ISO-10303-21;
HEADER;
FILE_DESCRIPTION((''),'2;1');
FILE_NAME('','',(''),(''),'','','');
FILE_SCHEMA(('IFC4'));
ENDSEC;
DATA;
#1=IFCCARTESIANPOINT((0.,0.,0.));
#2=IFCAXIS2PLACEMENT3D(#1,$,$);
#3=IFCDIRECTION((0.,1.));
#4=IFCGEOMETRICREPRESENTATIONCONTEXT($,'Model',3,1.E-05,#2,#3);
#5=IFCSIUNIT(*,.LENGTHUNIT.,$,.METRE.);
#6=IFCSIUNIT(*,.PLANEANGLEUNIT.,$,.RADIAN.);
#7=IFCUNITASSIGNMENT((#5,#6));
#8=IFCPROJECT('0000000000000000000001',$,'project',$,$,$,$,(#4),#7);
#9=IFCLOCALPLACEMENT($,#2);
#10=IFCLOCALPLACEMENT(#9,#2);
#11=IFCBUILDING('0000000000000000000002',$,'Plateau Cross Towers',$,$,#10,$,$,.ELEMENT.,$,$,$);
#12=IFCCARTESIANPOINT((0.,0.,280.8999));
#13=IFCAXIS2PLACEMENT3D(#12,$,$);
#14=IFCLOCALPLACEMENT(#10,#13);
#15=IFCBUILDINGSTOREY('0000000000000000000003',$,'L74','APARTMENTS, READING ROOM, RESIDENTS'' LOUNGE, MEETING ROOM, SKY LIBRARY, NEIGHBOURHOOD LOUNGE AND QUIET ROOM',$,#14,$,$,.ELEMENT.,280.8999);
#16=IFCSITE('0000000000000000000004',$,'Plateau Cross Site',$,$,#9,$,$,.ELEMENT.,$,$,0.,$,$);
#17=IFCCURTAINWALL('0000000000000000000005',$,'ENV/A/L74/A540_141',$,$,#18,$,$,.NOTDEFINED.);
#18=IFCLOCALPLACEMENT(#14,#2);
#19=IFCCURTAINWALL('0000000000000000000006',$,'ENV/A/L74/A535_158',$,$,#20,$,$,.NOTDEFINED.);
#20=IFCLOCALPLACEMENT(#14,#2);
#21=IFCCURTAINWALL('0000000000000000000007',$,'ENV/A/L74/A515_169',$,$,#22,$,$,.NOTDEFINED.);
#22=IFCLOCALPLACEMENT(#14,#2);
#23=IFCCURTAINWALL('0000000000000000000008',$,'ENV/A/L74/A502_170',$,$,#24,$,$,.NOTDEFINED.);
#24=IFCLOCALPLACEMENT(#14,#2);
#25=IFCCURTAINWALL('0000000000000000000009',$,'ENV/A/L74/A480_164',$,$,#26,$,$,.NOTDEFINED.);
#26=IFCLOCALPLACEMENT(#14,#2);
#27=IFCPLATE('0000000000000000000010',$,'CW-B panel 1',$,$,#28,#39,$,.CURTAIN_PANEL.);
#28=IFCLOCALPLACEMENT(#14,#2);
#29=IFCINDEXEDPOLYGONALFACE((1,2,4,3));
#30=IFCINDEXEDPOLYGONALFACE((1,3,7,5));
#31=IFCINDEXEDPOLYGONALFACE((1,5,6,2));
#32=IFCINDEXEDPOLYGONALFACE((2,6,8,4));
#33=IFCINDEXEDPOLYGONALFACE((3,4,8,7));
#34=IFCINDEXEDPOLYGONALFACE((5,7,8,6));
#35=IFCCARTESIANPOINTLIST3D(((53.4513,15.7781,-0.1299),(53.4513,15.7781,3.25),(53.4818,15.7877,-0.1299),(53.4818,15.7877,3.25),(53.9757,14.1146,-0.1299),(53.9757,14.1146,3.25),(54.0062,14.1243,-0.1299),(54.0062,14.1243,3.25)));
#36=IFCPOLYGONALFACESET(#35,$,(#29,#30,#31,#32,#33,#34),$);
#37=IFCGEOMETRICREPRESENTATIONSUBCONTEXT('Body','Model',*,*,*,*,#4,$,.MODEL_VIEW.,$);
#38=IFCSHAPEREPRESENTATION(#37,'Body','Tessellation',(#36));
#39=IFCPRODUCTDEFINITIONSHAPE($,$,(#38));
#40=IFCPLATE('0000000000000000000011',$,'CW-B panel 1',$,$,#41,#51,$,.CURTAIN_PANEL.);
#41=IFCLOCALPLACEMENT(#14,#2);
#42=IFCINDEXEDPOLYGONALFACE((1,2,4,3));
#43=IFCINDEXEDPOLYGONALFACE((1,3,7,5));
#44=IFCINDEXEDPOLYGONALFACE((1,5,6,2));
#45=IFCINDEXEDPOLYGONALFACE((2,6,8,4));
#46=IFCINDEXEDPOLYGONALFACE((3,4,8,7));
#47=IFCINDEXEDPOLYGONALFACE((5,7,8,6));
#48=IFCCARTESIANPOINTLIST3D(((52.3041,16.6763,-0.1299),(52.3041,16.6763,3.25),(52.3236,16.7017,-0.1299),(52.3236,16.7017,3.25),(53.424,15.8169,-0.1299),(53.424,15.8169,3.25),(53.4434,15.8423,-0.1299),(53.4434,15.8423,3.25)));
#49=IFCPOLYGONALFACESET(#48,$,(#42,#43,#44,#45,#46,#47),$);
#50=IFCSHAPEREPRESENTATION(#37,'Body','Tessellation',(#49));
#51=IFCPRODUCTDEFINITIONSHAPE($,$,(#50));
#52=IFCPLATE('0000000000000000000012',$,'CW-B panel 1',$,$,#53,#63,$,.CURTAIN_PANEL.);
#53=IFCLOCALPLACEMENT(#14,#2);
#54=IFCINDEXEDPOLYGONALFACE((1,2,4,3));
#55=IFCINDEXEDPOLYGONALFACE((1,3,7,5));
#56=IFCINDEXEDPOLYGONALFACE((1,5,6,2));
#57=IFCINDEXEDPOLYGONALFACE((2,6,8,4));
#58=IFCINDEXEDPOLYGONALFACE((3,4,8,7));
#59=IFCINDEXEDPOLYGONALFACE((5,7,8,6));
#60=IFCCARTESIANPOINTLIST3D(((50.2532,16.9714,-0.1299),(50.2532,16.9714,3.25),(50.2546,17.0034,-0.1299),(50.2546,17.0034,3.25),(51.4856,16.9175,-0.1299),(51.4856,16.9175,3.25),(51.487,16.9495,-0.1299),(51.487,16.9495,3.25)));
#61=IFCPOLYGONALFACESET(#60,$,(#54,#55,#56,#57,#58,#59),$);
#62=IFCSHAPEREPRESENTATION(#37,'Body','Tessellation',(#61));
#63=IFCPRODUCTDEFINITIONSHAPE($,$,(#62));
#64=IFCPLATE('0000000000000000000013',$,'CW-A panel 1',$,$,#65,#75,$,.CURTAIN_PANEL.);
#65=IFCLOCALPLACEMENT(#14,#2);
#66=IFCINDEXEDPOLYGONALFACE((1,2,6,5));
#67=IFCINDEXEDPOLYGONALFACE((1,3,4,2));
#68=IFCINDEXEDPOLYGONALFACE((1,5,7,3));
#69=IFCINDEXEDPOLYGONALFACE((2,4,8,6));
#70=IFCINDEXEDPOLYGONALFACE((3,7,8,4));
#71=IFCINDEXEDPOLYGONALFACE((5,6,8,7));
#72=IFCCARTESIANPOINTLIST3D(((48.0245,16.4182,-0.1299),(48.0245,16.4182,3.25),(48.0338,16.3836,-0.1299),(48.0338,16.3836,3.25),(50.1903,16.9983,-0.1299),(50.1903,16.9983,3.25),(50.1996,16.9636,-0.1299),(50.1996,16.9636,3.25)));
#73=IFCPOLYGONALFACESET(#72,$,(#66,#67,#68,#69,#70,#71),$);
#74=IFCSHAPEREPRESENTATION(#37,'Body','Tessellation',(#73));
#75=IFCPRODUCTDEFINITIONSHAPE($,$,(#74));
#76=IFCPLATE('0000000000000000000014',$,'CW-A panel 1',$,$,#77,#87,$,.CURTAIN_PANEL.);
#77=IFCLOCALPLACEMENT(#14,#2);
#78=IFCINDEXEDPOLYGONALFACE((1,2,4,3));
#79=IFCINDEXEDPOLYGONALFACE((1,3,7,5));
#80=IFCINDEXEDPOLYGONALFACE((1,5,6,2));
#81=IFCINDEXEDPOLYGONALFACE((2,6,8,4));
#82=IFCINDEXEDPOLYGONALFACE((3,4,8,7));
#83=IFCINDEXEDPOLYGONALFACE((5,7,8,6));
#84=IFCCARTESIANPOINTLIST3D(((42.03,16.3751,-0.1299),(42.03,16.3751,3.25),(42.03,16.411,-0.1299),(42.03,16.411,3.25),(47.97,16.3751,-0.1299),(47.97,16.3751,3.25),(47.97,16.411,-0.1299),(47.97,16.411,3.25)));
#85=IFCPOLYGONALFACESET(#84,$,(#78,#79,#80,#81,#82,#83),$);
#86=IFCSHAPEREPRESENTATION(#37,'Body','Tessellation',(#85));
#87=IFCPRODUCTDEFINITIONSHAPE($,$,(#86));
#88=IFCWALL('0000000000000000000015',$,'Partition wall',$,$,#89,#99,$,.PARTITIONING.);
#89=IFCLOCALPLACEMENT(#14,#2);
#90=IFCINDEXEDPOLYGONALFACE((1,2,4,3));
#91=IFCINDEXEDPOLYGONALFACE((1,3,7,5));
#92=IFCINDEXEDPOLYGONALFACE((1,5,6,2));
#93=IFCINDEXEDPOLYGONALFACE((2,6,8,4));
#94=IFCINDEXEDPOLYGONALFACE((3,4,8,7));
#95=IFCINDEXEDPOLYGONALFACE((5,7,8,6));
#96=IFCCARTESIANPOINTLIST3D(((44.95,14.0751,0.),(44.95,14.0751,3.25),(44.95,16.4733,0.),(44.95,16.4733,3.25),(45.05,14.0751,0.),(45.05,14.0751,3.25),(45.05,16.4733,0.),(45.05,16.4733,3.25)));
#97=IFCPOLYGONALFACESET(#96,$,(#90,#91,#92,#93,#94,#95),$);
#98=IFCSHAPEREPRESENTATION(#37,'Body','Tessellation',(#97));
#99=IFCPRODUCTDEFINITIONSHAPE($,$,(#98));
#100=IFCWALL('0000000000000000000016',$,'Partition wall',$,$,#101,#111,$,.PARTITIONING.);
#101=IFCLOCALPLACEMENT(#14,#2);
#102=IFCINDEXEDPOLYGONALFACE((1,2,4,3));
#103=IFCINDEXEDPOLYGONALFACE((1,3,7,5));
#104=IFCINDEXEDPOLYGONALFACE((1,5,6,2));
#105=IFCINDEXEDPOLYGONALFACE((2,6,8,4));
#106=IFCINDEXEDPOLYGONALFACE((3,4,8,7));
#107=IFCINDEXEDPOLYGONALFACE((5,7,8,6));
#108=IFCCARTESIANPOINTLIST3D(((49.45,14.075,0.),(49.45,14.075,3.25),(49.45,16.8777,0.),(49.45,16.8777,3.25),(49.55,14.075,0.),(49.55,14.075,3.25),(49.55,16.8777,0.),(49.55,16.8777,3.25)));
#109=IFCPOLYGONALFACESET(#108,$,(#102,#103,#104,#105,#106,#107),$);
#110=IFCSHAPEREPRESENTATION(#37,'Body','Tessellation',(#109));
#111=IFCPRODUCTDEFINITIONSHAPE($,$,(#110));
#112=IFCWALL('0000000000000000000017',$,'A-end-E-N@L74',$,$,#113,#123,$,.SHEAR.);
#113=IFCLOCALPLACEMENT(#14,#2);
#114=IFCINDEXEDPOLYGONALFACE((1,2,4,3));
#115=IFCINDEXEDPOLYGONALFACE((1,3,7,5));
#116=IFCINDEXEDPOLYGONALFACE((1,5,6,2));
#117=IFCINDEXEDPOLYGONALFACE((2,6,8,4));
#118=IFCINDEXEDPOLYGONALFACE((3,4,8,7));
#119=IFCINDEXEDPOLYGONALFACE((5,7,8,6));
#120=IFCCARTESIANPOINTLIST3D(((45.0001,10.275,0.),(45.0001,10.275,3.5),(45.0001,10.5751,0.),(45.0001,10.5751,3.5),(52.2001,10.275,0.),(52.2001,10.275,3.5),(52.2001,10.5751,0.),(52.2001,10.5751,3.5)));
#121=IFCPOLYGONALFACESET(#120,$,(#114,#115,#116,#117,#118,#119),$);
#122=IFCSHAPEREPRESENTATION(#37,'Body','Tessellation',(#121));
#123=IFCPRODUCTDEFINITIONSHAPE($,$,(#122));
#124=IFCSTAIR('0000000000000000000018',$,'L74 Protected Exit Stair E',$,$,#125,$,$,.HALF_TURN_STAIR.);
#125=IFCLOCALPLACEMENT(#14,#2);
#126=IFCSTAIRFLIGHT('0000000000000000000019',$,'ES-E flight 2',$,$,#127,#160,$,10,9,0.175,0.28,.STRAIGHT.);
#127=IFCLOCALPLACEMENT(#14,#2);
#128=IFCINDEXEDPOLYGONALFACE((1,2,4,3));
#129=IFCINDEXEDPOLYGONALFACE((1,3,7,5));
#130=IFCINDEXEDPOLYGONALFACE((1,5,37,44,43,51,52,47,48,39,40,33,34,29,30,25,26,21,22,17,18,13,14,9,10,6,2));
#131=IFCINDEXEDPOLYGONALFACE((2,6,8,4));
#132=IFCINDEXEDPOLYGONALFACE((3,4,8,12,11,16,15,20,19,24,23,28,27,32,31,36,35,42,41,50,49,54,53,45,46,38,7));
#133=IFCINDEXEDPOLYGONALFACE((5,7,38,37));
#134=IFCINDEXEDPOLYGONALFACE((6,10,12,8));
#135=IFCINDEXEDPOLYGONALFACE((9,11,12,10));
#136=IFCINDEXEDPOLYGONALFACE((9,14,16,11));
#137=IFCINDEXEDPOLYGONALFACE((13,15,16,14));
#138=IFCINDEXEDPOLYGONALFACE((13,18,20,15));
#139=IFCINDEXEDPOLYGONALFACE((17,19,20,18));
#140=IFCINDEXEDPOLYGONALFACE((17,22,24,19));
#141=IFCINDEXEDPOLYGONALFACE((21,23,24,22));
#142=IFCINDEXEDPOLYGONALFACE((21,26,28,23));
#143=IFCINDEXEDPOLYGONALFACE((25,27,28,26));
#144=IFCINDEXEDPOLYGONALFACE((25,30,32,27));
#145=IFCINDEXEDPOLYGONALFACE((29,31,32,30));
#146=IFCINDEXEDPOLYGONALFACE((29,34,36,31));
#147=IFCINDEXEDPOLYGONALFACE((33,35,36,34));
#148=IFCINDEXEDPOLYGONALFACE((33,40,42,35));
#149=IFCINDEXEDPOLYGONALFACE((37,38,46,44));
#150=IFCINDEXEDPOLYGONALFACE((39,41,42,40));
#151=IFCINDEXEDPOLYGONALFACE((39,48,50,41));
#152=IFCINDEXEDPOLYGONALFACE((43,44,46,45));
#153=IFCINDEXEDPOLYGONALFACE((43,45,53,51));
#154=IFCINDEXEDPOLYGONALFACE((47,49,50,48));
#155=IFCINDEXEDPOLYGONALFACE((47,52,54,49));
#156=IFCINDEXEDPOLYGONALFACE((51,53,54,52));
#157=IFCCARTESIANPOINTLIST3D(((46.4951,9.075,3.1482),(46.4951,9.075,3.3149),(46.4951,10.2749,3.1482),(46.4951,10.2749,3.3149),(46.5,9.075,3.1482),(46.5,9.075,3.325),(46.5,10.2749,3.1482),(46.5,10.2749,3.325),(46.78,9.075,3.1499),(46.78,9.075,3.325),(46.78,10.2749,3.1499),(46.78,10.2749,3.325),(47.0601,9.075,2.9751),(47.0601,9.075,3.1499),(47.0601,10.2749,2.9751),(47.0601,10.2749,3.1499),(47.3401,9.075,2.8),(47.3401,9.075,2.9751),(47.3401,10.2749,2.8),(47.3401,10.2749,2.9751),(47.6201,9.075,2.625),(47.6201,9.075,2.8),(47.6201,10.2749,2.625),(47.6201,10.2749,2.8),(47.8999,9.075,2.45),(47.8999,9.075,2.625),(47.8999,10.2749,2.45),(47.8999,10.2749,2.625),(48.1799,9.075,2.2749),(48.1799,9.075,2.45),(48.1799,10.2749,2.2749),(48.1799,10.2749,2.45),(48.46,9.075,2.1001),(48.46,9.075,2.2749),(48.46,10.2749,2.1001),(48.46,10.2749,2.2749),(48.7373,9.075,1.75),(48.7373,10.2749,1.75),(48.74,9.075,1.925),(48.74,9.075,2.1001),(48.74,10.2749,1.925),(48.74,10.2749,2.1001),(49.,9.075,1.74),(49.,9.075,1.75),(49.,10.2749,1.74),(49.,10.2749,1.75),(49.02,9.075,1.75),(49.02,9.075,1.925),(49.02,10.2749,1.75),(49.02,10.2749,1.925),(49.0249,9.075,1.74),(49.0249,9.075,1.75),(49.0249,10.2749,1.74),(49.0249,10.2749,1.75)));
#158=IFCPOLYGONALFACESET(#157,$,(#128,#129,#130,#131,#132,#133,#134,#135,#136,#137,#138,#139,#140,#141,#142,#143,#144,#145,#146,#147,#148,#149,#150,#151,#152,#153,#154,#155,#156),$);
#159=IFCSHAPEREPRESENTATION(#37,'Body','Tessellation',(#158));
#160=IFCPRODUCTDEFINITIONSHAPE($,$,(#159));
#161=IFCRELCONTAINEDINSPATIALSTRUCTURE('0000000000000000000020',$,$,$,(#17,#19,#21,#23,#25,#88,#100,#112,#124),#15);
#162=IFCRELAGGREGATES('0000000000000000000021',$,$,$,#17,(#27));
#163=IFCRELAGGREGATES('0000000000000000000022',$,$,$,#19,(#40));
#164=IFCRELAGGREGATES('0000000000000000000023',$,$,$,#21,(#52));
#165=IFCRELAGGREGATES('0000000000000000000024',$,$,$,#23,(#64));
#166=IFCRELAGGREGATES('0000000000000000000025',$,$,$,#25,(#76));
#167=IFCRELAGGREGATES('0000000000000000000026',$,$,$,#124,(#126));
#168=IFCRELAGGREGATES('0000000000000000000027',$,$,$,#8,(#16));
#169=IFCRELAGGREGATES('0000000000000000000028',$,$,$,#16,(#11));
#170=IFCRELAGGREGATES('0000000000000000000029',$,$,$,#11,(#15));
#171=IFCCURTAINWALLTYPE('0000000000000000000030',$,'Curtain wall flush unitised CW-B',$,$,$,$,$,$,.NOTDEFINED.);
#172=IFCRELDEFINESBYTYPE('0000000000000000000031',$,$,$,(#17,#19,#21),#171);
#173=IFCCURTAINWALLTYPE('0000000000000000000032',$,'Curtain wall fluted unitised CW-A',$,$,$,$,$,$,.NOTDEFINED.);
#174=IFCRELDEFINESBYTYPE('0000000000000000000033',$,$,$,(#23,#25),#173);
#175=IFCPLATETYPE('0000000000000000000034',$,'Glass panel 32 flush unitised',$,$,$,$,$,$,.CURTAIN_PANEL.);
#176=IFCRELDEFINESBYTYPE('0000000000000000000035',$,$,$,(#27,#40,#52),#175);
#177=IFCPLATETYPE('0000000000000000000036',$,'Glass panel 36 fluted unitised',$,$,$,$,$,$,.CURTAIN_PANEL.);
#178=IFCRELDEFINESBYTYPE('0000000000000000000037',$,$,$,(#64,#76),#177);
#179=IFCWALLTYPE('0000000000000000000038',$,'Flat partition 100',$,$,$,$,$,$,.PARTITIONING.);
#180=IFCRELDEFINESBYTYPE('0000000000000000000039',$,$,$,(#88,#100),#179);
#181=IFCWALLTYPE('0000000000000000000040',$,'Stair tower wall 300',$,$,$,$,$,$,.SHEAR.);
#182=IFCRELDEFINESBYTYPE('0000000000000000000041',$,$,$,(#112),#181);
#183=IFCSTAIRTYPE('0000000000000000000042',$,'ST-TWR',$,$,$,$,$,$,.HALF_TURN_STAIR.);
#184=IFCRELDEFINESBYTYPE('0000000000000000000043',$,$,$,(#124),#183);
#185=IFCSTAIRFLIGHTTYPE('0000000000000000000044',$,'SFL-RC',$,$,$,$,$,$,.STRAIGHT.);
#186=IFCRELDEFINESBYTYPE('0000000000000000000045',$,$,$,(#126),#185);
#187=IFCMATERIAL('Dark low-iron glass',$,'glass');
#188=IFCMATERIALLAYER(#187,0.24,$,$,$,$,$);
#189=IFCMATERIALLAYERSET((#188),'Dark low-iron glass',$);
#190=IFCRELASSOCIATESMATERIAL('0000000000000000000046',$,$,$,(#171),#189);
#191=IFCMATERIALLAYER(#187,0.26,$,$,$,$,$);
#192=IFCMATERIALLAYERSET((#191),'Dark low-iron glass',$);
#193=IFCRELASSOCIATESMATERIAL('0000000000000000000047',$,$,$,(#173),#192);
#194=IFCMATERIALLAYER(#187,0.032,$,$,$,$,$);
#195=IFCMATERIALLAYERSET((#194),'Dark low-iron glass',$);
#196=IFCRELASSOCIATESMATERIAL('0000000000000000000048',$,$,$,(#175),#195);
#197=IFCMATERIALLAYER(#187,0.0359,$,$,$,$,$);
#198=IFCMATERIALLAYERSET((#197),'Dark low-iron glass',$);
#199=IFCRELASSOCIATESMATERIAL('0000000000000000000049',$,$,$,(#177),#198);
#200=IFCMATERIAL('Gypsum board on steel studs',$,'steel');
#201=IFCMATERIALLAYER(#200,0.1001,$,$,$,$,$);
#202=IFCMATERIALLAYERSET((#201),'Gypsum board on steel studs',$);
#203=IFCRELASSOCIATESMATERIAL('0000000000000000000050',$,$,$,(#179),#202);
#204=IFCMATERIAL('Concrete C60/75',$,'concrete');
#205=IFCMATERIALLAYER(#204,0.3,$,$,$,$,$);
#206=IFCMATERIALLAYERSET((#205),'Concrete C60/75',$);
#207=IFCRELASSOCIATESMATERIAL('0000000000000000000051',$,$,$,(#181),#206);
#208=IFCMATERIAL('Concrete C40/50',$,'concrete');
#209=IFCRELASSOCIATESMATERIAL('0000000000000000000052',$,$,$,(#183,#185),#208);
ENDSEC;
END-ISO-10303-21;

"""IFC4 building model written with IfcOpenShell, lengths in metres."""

from ifc_helpers import new_model, si_unit, direction, frame, frame_2d, origin, origin_2d, place, context, subcontext, project, spatial, polyline, rectangle, outline, extrude, material, layer, layer_set, type_object, element, aggregate, save


model = new_model("IFC4")

# Units and contexts
model_context = context("Model", 3, precision=1e-05, world=origin(), true_north=direction((0.0, 1.0)))
body_context = subcontext(model_context, "Body", "Model", "MODEL_VIEW")
ifc_project = project(units=[si_unit("LENGTHUNIT", "METRE"), si_unit("PLANEANGLEUNIT", "RADIAN")], contexts=[model_context])

# Site, building, storey
site_placement = place(None, origin())
site = spatial("IfcSite", under=ifc_project, at=site_placement, Name="Plateau Cross Site", CompositionType="ELEMENT", RefElevation=0.0)
building_placement = place(site_placement, origin())
building = spatial("IfcBuilding", under=site, at=building_placement, Name="Plateau Cross Towers", CompositionType="ELEMENT")
storey_placement = place(building_placement, frame((0.0, 0.0, 280.8999)))
storey = spatial("IfcBuildingStorey", under=building, at=storey_placement, Name="L74", Description="APARTMENTS, READING ROOM, RESIDENTS' LOUNGE, MEETING ROOM, SKY LIBRARY, NEIGHBOURHOOD LOUNGE AND QUIET ROOM", CompositionType="ELEMENT", Elevation=280.8999)

# Shared definitions
ifc_material_1 = material(Name="Concrete C60/75", Category="concrete")

# Curtain wall
ifc_material_2 = material(Name="Dark low-iron glass", Category="glass")
ifc_layer_1 = layer(ifc_material_2, 0.24)
ifc_layer_set_1 = layer_set([ifc_layer_1], Name="Dark low-iron glass")
curtain_wall_type_1 = type_object("IfcCurtainWallType", Name="Curtain wall flush unitised CW-B", PredefinedType="NOTDEFINED", material=ifc_layer_set_1)
curtain_wall_1_placement = place(storey_placement, origin())
curtain_wall_1 = element("IfcCurtainWall", 1, at=curtain_wall_1_placement, inside=storey, type_object=curtain_wall_type_1, Name="ENV/A/L74/A540_141", PredefinedType="NOTDEFINED")

# Curtain wall
curtain_wall_2_placement = place(storey_placement, origin())
curtain_wall_2 = element("IfcCurtainWall", 2, at=curtain_wall_2_placement, inside=storey, type_object=curtain_wall_type_1, Name="ENV/A/L74/A535_158", PredefinedType="NOTDEFINED")

# Curtain walls
curtain_wall_3_placement = place(storey_placement, origin())
curtain_wall_3 = element("IfcCurtainWall", 3, at=curtain_wall_3_placement, inside=storey, type_object=curtain_wall_type_1, Name="ENV/A/L74/A515_169", PredefinedType="NOTDEFINED")
ifc_layer_2 = layer(ifc_material_2, 0.26)
ifc_layer_set_2 = layer_set([ifc_layer_2], Name="Dark low-iron glass")
curtain_wall_type_2 = type_object("IfcCurtainWallType", Name="Curtain wall fluted unitised CW-A", PredefinedType="NOTDEFINED", material=ifc_layer_set_2)
curtain_wall_4_placement = place(storey_placement, origin())
curtain_wall_4 = element("IfcCurtainWall", 4, at=curtain_wall_4_placement, inside=storey, type_object=curtain_wall_type_2, Name="ENV/A/L74/A502_170", PredefinedType="NOTDEFINED")
curtain_wall_5_placement = place(storey_placement, origin())
curtain_wall_5 = element("IfcCurtainWall", 5, at=curtain_wall_5_placement, inside=storey, type_object=curtain_wall_type_2, Name="ENV/A/L74/A480_164", PredefinedType="NOTDEFINED")

# Plates
ifc_layer_3 = layer(ifc_material_2, 0.032)
ifc_layer_set_3 = layer_set([ifc_layer_3], Name="Dark low-iron glass")
plate_type_1 = type_object("IfcPlateType", Name="Glass panel 32 flush unitised", PredefinedType="CURTAIN_PANEL", material=ifc_layer_set_3)
plate_1_placement = place(storey_placement, frame((53.7288, 14.9512, -0.1299), z_axis=(0.0, 0.0, 1.0), x_axis=(-0.300686, 0.953723, 0.0)))
plate_1 = element("IfcPlate", 6, at=plate_1_placement, type_object=plate_type_1, Name="CW-B panel 1", PredefinedType="CURTAIN_PANEL", context=body_context, shape_type="SweptSolid", body=[
    extrude(rectangle(XDim=1.7441, YDim=0.032, at=origin_2d()), origin(), (0.0, 0.0, 1.0), 3.3799),
])
aggregate(curtain_wall_1, [plate_1])
plate_2_placement = place(storey_placement, frame((52.8738, 16.2593, -0.1299), z_axis=(0.0, 0.0, 1.0), x_axis=(-0.793316, 0.608811, 0.0)))
plate_2 = element("IfcPlate", 7, at=plate_2_placement, type_object=plate_type_1, Name="CW-B panel 1", PredefinedType="CURTAIN_PANEL", context=body_context, shape_type="SweptSolid", body=[
    extrude(rectangle(XDim=1.4116, YDim=0.032, at=origin_2d()), origin(), (0.0, 0.0, 1.0), 3.3799),
])
aggregate(curtain_wall_2, [plate_2])
plate_3_placement = place(storey_placement, frame((50.8701, 16.9604, -0.1299), z_axis=(0.0, 0.0, 1.0), x_axis=(-0.999044, 0.043723, 0.0)))
plate_3 = element("IfcPlate", 8, at=plate_3_placement, type_object=plate_type_1, Name="CW-B panel 1", PredefinedType="CURTAIN_PANEL", context=body_context, shape_type="SweptSolid", body=[
    extrude(rectangle(XDim=1.2336, YDim=0.032, at=origin_2d()), origin(), (0.0, 0.0, 1.0), 3.3799),
])
aggregate(curtain_wall_3, [plate_3])
ifc_layer_4 = layer(ifc_material_2, 0.0359)
ifc_layer_set_4 = layer_set([ifc_layer_4], Name="Dark low-iron glass")
plate_type_2 = type_object("IfcPlateType", Name="Glass panel 36 fluted unitised", PredefinedType="CURTAIN_PANEL", material=ifc_layer_set_4)
plate_4_placement = place(storey_placement, frame((49.1121, 16.6909, -0.1299), z_axis=(0.0, 0.0, 1.0), x_axis=(-0.965958, -0.258699, 0.0)))
plate_4 = element("IfcPlate", 9, at=plate_4_placement, type_object=plate_type_2, Name="CW-A panel 1", PredefinedType="CURTAIN_PANEL", context=body_context, shape_type="SweptSolid", body=[
    extrude(rectangle(XDim=2.2422, YDim=0.0359, at=origin_2d()), origin(), (0.0, 0.0, 1.0), 3.3799),
])
aggregate(curtain_wall_4, [plate_4])
plate_5_placement = place(storey_placement, frame((45.0, 16.3931, -0.1299), z_axis=(0.0, 0.0, 1.0), x_axis=(-1.0, 0.0, 0.0)))
plate_5 = element("IfcPlate", 10, at=plate_5_placement, type_object=plate_type_2, Name="CW-A panel 1", PredefinedType="CURTAIN_PANEL", context=body_context, shape_type="SweptSolid", body=[
    extrude(rectangle(XDim=5.9399, YDim=0.0359, at=origin_2d()), origin(), (0.0, 0.0, 1.0), 3.3799),
])
aggregate(curtain_wall_5, [plate_5])

# Walls
ifc_material_3 = material(Name="Gypsum board on steel studs", Category="steel")
ifc_layer_5 = layer(ifc_material_3, 0.1001)
ifc_layer_set_5 = layer_set([ifc_layer_5], Name="Gypsum board on steel studs")
wall_type_1 = type_object("IfcWallType", Name="Flat partition 100", PredefinedType="PARTITIONING", material=ifc_layer_set_5)
wall_1_placement = place(storey_placement, frame((45.0, 14.075, 0.0), z_axis=(0.0, 0.0, 1.0), x_axis=(0.0, 1.0, 0.0)))
element("IfcWall", 11, at=wall_1_placement, inside=storey, type_object=wall_type_1, Name="Partition wall", PredefinedType="PARTITIONING", context=body_context, shape_type="SweptSolid", body=[
    extrude(rectangle(XDim=2.3982, YDim=0.1001, at=frame_2d((1.1992, 0.0))), origin(), (0.0, 0.0, 1.0), 3.25),
])
wall_2_placement = place(storey_placement, frame((49.5, 14.075, 0.0), z_axis=(0.0, 0.0, 1.0), x_axis=(0.0, 1.0, 0.0)))
element("IfcWall", 12, at=wall_2_placement, inside=storey, type_object=wall_type_1, Name="Partition wall", PredefinedType="PARTITIONING", context=body_context, shape_type="SweptSolid", body=[
    extrude(rectangle(XDim=2.8027, YDim=0.1001, at=frame_2d((1.4014, 0.0))), origin(), (0.0, 0.0, 1.0), 3.25),
])
ifc_layer_6 = layer(ifc_material_1, 0.3)
ifc_layer_set_6 = layer_set([ifc_layer_6], Name="Concrete C60/75")
wall_type_2 = type_object("IfcWallType", Name="Stair tower wall 300", PredefinedType="SHEAR", material=ifc_layer_set_6)
wall_3_placement = place(storey_placement, frame((45.0, 10.425, 0.0), z_axis=(0.0, 0.0, 1.0), x_axis=(1.0, 0.0, 0.0)))
element("IfcWall", 13, at=wall_3_placement, inside=storey, type_object=wall_type_2, Name="A-end-E-N@L74", PredefinedType="SHEAR", context=body_context, shape_type="SweptSolid", body=[
    extrude(rectangle(XDim=7.2, YDim=0.3, at=frame_2d((3.6001, 0.0))), origin(), (0.0, 0.0, 1.0), 3.5),
])

# Stair, stair flight
ifc_material_4 = material(Name="Concrete C40/50", Category="concrete")
stair_type = type_object("IfcStairType", Name="ST-TWR", PredefinedType="HALF_TURN_STAIR", material=ifc_material_4)
stair_placement = place(storey_placement, origin())
stair = element("IfcStair", 14, at=stair_placement, inside=storey, type_object=stair_type, Name="L74 Protected Exit Stair E", PredefinedType="HALF_TURN_STAIR")
stair_flight_type = type_object("IfcStairFlightType", Name="SFL-RC", PredefinedType="STRAIGHT", material=ifc_material_4)
stair_flight_placement = place(storey_placement, frame((49.02, 9.675, 1.75), z_axis=(0.0, 0.0, 1.0), x_axis=(-1.0, 0.0, 0.0)))
stair_flight = element("IfcStairFlight", 15, at=stair_flight_placement, type_object=stair_flight_type, Name="ES-E flight 2", NumberOfRisers=10, NumberOfTreads=9, PredefinedType="STRAIGHT", RiserHeight=0.175, TreadLength=0.28, context=body_context, shape_type="SweptSolid", body=[
    extrude(outline(polyline([(-0.0049, -0.01), (-0.0049, 0.0), (0.0, 0.0), (0.0, 0.175), (0.28, 0.175), (0.28, 0.3501), (0.5601, 0.3501), (0.5601, 0.5249), (0.8401, 0.5249), (0.8401, 0.7), (1.1201, 0.7), (1.1201, 0.875), (1.3999, 0.875), (1.3999, 1.05), (1.6799, 1.05), (1.6799, 1.2251), (1.96, 1.2251), (1.96, 1.3999), (2.24, 1.3999), (2.24, 1.575), (2.52, 1.575), (2.5249, 1.5649), (2.5249, 1.3982), (2.52, 1.3982), (0.2827, 0.0), (0.02, 0.0), (0.02, -0.01), (-0.0049, -0.01)])), frame((0.0, 0.6001, 0.0), z_axis=(0.0, -1.0, 0.0), x_axis=(1.0, 0.0, 0.0)), (0.0, 0.0, 1.0), 1.2),
])
aggregate(stair, [stair_flight])

save(model, "model.ifc")
